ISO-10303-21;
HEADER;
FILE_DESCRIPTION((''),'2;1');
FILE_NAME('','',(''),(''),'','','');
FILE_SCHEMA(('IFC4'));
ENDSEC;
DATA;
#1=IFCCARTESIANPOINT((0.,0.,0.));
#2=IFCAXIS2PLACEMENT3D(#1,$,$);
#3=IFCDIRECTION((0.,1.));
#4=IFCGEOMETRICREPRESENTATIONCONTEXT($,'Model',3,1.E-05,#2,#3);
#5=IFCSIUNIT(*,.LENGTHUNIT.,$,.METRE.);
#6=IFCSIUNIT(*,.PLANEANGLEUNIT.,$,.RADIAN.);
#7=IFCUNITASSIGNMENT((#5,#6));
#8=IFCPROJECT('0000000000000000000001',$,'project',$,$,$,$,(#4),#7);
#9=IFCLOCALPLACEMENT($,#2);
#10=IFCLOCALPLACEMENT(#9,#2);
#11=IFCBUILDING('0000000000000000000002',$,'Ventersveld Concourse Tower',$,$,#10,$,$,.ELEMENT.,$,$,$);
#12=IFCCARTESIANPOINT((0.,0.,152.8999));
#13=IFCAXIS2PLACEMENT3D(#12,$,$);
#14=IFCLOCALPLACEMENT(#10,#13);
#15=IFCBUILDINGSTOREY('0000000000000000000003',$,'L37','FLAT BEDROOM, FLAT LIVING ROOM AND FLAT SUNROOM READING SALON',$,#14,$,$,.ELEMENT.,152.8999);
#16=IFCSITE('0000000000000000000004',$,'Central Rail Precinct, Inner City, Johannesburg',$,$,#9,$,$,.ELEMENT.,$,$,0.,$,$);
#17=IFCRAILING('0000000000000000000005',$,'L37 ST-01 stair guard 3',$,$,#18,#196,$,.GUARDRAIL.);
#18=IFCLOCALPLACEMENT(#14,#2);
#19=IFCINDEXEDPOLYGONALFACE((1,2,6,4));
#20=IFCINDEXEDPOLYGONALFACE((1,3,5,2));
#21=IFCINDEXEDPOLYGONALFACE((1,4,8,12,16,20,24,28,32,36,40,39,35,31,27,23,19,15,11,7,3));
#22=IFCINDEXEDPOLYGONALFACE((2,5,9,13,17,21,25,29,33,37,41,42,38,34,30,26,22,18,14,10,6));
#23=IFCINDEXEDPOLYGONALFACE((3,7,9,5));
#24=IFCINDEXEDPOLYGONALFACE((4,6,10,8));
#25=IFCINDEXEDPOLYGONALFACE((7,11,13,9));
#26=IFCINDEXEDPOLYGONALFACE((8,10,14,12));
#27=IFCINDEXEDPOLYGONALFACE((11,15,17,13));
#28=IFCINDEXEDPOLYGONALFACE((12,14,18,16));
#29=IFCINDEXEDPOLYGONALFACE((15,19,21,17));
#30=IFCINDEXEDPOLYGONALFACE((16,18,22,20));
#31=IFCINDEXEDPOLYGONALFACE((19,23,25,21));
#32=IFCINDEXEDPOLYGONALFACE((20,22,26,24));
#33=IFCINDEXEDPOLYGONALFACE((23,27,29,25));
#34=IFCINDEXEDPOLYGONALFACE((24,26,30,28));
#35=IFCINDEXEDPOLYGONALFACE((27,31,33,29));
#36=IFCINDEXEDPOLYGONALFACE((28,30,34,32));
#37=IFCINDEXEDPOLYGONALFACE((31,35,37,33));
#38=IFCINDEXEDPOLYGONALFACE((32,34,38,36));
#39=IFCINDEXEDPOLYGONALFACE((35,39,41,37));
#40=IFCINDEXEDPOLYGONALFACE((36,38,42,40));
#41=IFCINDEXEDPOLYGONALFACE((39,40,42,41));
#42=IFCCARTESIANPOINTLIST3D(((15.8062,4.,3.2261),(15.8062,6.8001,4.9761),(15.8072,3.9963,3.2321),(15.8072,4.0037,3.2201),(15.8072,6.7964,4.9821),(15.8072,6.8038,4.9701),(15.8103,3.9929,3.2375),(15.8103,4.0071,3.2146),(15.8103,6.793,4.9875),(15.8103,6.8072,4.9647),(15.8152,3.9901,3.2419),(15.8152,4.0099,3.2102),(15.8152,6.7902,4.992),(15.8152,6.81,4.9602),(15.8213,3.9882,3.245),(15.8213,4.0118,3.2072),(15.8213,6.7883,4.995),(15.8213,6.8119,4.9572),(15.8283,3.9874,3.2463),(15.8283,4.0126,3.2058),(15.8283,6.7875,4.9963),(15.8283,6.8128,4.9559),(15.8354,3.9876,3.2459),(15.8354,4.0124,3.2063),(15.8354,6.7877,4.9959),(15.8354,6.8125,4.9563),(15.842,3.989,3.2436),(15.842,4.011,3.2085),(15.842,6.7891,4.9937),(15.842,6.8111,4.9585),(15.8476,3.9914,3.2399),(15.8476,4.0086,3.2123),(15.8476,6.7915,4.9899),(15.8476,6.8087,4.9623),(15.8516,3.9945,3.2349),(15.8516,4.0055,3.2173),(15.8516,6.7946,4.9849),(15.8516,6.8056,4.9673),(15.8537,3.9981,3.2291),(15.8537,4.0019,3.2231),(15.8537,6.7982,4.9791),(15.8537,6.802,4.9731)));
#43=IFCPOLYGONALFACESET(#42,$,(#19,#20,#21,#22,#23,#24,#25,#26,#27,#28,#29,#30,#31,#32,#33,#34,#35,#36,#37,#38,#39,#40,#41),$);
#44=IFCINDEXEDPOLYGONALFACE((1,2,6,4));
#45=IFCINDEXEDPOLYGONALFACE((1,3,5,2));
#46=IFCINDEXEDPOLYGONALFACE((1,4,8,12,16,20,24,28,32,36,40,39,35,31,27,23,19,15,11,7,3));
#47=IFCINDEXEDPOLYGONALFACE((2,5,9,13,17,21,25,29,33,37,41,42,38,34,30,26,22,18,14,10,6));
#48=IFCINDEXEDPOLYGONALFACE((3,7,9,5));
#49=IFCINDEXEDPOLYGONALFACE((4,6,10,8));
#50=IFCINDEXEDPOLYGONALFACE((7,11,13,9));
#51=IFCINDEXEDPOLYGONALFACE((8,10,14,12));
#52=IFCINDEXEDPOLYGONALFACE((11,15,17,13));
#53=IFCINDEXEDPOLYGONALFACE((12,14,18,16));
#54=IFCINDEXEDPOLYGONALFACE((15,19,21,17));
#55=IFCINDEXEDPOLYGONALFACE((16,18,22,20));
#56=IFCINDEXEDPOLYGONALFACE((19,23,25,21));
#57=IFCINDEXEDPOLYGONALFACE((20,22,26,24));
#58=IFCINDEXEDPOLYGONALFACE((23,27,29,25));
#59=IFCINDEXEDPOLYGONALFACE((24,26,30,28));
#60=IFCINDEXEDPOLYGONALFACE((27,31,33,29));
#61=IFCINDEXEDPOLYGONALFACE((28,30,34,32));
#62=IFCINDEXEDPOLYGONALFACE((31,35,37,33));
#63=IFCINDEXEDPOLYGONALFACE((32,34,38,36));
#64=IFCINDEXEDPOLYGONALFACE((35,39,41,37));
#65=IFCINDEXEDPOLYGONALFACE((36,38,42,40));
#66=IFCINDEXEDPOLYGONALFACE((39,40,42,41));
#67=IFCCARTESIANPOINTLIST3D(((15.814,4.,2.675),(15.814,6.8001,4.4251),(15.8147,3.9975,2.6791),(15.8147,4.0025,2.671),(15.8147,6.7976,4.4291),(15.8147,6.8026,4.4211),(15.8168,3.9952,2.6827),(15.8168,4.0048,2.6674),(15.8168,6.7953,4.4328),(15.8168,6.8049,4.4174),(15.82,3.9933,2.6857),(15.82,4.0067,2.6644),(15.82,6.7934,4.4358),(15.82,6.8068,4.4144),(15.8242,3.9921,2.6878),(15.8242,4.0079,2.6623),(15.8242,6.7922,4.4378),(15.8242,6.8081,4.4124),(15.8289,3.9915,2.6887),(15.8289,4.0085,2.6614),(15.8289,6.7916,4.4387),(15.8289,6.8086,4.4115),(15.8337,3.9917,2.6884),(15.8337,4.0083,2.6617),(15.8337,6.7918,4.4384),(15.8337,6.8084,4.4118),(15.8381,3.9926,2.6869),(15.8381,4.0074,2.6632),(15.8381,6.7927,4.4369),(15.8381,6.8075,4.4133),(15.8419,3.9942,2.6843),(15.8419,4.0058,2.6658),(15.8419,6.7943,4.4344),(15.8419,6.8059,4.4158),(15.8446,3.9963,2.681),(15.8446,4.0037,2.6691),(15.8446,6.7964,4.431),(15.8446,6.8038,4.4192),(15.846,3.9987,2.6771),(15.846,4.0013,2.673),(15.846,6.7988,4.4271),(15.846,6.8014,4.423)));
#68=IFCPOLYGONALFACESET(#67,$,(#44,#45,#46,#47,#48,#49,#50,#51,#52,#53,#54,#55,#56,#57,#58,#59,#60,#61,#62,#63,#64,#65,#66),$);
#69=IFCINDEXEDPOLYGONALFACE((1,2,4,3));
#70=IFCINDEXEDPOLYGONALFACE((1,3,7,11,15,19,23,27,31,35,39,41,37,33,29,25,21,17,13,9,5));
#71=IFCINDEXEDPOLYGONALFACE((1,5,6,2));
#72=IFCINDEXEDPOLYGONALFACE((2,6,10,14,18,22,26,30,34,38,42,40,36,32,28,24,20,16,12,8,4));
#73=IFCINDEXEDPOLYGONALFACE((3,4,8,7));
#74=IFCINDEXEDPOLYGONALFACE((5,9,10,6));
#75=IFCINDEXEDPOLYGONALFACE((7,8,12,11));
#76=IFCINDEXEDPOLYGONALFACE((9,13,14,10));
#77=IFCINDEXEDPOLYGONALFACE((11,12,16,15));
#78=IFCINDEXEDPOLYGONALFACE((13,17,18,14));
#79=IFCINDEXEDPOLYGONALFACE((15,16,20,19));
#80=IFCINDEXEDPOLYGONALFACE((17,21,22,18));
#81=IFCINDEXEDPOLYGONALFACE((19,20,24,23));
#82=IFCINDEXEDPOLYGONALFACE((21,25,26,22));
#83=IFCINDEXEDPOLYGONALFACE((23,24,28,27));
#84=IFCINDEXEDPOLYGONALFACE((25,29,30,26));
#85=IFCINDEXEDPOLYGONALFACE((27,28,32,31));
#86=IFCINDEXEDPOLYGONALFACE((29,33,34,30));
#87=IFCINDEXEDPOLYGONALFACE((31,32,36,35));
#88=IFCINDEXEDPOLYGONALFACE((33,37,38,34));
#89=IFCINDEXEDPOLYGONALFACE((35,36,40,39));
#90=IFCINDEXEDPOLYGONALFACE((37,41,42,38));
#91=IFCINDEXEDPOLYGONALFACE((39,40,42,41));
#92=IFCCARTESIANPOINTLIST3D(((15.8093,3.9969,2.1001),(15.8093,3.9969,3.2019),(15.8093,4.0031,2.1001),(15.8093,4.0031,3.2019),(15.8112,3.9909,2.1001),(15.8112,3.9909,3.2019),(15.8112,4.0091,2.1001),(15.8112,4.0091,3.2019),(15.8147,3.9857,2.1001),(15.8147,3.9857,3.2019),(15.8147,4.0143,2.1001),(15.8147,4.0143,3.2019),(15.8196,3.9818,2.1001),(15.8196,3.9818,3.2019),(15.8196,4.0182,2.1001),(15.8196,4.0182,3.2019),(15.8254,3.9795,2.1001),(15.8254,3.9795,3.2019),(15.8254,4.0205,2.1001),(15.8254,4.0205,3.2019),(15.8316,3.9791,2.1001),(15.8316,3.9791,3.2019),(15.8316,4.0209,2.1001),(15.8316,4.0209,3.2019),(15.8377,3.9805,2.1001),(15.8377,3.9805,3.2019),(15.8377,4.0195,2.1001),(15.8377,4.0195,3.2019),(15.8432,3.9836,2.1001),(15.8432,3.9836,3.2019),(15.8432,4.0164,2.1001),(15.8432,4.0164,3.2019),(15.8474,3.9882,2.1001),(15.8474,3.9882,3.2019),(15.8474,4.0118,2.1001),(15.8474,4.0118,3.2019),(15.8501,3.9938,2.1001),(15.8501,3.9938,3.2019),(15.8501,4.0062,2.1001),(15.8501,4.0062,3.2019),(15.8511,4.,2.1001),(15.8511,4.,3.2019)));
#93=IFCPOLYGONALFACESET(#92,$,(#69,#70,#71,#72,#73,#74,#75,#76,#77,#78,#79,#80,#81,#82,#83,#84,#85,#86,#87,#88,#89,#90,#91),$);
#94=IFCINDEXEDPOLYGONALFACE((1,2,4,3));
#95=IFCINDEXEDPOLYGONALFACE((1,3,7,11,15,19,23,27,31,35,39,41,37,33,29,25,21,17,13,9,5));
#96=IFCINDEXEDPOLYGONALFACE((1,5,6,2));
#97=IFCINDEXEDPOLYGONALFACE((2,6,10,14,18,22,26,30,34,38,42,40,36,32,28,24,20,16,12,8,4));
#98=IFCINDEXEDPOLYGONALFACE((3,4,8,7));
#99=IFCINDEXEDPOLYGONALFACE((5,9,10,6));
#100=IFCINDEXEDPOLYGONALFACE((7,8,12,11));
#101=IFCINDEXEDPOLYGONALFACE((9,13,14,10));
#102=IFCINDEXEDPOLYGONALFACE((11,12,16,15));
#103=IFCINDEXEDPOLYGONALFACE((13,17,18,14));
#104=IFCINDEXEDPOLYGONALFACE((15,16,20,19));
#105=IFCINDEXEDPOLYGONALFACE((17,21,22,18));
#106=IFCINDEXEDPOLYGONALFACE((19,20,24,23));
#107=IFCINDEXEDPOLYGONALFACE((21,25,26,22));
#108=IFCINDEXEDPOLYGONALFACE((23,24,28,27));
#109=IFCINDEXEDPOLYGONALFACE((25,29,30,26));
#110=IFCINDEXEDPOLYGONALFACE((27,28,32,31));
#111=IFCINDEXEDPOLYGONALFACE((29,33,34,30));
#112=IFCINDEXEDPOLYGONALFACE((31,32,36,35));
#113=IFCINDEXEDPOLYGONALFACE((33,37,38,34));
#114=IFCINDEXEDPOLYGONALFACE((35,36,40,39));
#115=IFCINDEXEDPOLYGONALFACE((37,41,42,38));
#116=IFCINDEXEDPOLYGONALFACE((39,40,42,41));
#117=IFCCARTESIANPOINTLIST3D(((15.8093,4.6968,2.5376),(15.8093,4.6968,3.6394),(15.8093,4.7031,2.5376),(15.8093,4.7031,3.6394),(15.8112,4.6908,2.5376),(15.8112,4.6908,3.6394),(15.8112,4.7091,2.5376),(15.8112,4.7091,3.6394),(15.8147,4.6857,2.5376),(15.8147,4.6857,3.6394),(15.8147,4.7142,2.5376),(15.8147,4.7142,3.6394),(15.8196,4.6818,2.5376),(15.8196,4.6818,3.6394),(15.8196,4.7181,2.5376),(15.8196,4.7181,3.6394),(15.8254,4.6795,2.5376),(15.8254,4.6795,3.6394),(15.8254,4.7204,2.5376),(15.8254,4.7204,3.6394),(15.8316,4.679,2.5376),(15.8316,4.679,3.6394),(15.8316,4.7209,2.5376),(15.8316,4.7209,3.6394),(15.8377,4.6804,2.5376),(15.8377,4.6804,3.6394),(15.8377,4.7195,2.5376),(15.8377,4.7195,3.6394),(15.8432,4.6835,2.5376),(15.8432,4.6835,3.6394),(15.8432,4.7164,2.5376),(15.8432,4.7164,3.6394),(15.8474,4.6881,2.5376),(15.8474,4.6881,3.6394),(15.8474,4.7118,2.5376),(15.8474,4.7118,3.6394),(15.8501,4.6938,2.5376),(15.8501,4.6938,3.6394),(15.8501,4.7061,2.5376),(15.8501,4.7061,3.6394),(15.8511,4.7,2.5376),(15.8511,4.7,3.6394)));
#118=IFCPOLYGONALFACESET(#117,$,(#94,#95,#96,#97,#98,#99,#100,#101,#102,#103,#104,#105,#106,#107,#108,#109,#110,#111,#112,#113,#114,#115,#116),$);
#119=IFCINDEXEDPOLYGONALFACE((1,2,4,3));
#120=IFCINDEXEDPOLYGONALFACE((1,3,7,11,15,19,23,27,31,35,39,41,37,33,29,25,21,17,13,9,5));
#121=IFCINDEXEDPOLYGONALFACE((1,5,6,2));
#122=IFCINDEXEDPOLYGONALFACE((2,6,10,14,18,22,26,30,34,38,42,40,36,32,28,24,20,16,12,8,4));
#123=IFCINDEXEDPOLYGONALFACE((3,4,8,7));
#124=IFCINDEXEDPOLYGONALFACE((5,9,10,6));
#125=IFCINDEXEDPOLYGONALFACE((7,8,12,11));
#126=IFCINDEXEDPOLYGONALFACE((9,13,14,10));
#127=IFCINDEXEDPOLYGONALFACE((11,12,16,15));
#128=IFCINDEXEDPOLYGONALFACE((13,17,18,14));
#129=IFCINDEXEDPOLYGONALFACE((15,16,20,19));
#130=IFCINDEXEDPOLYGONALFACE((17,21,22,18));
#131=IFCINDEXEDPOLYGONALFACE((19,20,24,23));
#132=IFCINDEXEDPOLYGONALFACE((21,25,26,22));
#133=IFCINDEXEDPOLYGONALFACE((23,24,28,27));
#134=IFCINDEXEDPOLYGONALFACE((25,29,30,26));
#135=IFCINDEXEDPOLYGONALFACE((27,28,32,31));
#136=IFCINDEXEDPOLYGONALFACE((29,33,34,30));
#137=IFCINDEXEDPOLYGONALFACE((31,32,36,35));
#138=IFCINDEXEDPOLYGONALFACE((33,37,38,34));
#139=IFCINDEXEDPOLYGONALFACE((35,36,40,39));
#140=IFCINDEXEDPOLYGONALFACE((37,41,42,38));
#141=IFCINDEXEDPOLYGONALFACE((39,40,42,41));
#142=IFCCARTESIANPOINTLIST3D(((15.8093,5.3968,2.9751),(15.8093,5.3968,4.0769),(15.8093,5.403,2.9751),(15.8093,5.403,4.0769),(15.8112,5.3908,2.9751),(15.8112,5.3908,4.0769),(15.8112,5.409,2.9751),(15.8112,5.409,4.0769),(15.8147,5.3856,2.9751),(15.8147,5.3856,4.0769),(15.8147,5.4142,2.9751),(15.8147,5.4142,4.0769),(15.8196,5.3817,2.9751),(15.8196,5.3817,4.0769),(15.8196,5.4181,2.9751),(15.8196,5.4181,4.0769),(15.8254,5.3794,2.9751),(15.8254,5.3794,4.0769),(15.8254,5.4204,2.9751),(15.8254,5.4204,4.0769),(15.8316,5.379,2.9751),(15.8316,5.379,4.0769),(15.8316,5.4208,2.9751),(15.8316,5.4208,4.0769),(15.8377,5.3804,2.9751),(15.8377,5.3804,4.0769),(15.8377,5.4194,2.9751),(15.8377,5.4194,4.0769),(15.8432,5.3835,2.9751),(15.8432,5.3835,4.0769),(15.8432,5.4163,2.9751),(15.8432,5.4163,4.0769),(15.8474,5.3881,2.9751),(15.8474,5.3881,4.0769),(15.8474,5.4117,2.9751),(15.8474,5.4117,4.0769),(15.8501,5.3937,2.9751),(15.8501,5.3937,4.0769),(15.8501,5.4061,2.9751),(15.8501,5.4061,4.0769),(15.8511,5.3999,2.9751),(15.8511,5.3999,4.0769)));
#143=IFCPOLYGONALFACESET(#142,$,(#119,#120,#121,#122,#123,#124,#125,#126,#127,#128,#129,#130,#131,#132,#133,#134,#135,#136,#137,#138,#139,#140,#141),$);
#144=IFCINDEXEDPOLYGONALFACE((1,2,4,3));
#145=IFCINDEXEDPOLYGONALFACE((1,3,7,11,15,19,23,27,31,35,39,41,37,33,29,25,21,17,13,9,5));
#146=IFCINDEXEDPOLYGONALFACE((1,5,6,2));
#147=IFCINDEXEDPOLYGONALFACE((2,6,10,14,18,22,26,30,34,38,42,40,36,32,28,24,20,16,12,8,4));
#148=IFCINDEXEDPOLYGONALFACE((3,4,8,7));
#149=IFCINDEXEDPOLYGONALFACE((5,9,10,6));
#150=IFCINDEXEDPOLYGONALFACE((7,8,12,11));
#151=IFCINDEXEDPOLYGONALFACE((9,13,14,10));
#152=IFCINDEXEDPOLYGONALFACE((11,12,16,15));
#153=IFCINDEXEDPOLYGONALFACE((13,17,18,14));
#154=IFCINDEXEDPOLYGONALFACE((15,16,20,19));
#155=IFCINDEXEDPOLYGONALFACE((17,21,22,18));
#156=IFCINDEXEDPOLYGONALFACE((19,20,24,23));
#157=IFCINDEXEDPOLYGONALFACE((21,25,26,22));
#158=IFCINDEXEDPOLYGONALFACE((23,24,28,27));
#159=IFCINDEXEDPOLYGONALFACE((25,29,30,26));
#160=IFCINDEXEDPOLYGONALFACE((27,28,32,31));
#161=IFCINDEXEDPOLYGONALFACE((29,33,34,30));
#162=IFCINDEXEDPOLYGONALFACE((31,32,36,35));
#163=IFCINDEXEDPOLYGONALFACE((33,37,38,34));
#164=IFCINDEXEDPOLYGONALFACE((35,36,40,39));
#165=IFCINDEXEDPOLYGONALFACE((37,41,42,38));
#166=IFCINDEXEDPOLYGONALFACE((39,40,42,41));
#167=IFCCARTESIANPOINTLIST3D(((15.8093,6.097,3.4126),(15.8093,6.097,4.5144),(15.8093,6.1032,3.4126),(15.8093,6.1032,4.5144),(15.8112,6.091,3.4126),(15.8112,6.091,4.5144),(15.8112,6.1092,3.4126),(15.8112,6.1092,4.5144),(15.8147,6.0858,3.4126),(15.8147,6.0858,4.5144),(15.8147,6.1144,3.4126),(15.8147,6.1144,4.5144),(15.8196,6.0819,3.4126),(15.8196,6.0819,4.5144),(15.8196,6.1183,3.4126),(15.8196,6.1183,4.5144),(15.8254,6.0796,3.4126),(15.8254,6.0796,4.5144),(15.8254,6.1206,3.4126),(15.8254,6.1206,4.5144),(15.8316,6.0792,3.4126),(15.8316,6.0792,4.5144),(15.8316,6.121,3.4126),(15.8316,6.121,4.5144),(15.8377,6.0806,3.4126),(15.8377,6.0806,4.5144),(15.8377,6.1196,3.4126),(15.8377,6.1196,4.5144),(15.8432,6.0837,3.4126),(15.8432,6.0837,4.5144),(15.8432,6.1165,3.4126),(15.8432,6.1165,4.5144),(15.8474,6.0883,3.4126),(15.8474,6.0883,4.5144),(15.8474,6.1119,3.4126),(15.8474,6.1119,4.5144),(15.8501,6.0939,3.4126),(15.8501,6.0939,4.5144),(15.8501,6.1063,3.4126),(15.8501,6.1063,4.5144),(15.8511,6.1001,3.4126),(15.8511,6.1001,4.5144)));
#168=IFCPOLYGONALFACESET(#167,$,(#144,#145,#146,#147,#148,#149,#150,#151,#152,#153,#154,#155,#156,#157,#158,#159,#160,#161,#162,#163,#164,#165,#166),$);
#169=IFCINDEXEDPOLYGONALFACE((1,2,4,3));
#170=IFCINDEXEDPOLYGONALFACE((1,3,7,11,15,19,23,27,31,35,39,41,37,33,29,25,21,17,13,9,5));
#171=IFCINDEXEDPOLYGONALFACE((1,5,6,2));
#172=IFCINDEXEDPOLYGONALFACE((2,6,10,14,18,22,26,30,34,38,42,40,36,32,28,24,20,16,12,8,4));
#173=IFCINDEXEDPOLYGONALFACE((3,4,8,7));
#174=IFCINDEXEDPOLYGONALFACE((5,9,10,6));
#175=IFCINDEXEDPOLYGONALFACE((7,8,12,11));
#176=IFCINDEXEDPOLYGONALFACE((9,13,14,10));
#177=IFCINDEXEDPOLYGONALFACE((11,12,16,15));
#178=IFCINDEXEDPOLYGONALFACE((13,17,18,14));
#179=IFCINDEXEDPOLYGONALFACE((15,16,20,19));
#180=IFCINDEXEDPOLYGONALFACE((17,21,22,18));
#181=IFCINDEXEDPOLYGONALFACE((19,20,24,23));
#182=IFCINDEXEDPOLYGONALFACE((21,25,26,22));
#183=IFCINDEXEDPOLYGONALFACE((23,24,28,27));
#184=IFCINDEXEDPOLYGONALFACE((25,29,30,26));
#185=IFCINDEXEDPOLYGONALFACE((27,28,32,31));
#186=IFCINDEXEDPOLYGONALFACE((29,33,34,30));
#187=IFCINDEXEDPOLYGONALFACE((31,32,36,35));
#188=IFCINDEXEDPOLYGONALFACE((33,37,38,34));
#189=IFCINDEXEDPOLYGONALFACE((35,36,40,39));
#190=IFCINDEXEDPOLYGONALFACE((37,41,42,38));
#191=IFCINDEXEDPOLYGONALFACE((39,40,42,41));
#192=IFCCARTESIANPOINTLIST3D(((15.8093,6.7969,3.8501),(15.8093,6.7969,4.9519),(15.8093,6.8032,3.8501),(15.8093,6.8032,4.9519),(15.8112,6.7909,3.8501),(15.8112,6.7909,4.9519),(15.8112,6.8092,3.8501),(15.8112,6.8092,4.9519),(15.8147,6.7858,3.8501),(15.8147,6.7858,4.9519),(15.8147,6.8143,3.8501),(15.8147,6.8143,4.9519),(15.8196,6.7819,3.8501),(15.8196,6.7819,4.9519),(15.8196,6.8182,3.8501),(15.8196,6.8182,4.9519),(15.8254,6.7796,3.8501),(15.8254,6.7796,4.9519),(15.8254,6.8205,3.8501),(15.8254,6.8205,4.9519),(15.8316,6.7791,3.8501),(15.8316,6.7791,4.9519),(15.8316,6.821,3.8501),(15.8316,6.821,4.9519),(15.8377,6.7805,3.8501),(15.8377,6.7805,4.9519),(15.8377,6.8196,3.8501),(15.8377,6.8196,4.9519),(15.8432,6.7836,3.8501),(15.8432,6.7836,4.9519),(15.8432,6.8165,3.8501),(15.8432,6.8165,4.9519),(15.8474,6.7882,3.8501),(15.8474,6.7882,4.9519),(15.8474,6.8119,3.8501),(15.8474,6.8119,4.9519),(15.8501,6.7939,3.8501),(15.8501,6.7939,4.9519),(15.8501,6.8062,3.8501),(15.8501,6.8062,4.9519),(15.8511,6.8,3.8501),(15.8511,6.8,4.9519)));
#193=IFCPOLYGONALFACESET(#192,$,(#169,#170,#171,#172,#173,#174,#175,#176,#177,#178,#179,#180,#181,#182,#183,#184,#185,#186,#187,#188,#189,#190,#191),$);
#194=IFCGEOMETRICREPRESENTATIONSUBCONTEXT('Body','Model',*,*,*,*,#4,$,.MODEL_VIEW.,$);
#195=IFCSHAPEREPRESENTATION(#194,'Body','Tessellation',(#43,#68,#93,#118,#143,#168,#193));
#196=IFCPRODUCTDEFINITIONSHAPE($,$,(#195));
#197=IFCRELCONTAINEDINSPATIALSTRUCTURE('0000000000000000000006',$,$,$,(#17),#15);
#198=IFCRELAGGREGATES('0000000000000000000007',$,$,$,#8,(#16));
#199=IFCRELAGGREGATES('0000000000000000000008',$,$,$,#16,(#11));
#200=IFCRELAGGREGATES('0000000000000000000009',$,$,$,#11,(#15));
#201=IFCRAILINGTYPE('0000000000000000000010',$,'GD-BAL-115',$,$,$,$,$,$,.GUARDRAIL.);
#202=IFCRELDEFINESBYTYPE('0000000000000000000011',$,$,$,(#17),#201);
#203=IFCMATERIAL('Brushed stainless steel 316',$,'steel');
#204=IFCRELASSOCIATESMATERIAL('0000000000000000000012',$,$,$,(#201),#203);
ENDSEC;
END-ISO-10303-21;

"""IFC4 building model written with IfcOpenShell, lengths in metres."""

from ifc_helpers import new_model, si_unit, direction, frame, origin, origin_2d, place, context, subcontext, project, spatial, circle, extrude, material, type_object, element, save


model = new_model("IFC4")

# Units and contexts
model_context = context("Model", 3, precision=1e-05, world=origin(), true_north=direction((0.0, 1.0)))
body_context = subcontext(model_context, "Body", "Model", "MODEL_VIEW")
ifc_project = project(units=[si_unit("LENGTHUNIT", "METRE"), si_unit("PLANEANGLEUNIT", "RADIAN")], contexts=[model_context])

# Site, building, storey
site_placement = place(None, origin())
site = spatial("IfcSite", under=ifc_project, at=site_placement, Name="Central Rail Precinct, Inner City, Johannesburg", CompositionType="ELEMENT", RefElevation=0.0)
building_placement = place(site_placement, origin())
building = spatial("IfcBuilding", under=site, at=building_placement, Name="Ventersveld Concourse Tower", CompositionType="ELEMENT")
storey_placement = place(building_placement, frame((0.0, 0.0, 152.8999)))
storey = spatial("IfcBuildingStorey", under=building, at=storey_placement, Name="L37", Description="FLAT BEDROOM, FLAT LIVING ROOM AND FLAT SUNROOM READING SALON", CompositionType="ELEMENT", Elevation=152.8999)

# Railing
ifc_material_1 = material(Name="Brushed stainless steel 316", Category="steel")
railing_type_1 = type_object("IfcRailingType", Name="GD-BAL-115", PredefinedType="GUARDRAIL", material=ifc_material_1)
railing_1_placement = place(storey_placement, frame((15.8301, 4.0, 2.1001)))
element("IfcRailing", 1, at=railing_1_placement, inside=storey, type_object=railing_type_1, Name="L37 ST-01 stair guard 3", PredefinedType="GUARDRAIL", context=body_context, shape_type="SweptSolid", body=[
    extrude(circle(Radius=0.0239, at=origin_2d()), frame((0.0, 0.0, 1.126), z_axis=(0.0, 0.848002, 0.529992), x_axis=(-1.0, 0.0, 0.0)), (0.0, 0.0, 1.0), 3.302),
    extrude(circle(Radius=0.0161, at=origin_2d()), frame((0.0, 0.0, 0.575), z_axis=(0.0, 0.848002, 0.529992), x_axis=(-1.0, 0.0, 0.0)), (0.0, 0.0, 1.0), 3.302),
    extrude(circle(Radius=0.021, at=origin_2d()), origin(), (0.0, 0.0, 1.0), 1.1018),
    extrude(circle(Radius=0.021, at=origin_2d()), frame((0.0, 0.7, 0.4375)), (0.0, 0.0, 1.0), 1.1018),
    extrude(circle(Radius=0.021, at=origin_2d()), frame((0.0, 1.3999, 0.875)), (0.0, 0.0, 1.0), 1.1018),
    extrude(circle(Radius=0.021, at=origin_2d()), frame((0.0, 2.1001, 1.3125)), (0.0, 0.0, 1.0), 1.1018),
    extrude(circle(Radius=0.021, at=origin_2d()), frame((0.0, 2.8, 1.75)), (0.0, 0.0, 1.0), 1.1018),
])

save(model, "model.ifc")
